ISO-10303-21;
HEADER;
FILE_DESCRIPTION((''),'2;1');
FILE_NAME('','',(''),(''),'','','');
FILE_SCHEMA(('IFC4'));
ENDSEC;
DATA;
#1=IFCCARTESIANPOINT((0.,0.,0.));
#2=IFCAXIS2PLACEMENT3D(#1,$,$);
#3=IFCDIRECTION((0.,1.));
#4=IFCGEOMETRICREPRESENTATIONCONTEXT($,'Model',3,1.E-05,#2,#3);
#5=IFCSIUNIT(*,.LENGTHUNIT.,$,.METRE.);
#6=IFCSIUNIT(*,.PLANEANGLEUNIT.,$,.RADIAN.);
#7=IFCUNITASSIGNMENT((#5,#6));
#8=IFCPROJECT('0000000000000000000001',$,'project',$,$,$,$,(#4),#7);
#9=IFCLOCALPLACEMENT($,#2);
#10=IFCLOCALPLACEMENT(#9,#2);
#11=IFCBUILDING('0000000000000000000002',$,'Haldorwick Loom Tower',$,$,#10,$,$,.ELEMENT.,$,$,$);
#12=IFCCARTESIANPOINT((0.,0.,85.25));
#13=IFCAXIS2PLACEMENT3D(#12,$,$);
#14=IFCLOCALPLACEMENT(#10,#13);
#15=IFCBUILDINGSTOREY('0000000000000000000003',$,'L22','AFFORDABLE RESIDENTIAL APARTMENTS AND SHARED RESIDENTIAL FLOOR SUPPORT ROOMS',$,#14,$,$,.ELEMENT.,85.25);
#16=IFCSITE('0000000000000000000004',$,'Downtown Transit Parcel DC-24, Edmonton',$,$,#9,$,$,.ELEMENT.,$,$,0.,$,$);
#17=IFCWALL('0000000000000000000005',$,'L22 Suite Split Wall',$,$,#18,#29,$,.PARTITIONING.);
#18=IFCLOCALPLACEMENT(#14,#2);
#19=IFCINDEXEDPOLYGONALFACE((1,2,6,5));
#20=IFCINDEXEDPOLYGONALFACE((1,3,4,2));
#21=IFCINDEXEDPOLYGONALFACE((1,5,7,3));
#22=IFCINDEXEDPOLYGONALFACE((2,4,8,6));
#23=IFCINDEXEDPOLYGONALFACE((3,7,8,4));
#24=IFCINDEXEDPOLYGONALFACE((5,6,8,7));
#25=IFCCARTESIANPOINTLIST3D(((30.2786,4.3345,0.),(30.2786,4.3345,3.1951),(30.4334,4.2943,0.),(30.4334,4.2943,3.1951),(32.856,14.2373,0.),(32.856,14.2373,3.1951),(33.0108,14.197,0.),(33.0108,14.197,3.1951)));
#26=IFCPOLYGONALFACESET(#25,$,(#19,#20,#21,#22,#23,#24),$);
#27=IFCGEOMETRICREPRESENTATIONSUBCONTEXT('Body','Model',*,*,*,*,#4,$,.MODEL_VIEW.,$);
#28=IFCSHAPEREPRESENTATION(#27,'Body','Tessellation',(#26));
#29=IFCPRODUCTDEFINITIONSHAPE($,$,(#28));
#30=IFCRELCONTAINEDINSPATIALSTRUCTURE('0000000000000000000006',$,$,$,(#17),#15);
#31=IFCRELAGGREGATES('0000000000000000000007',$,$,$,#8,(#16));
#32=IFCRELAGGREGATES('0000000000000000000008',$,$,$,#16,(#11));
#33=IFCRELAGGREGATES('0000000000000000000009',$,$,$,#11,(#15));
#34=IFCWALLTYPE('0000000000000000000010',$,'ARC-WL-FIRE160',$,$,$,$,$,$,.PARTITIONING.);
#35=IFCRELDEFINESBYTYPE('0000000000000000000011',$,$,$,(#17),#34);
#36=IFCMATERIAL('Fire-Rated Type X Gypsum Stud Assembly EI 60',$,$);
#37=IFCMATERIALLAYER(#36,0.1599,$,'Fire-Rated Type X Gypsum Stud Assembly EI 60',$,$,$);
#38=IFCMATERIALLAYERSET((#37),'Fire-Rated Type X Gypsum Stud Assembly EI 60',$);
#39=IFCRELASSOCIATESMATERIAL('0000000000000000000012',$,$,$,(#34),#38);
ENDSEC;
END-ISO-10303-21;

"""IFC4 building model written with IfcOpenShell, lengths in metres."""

from ifc_helpers import new_model, si_unit, direction, frame, frame_2d, origin, place, context, subcontext, project, spatial, rectangle, extrude, material, layer, layer_set, type_object, element, save


model = new_model("IFC4")

# Units and contexts
model_context = context("Model", 3, precision=1e-05, world=origin(), true_north=direction((0.0, 1.0)))
body_context = subcontext(model_context, "Body", "Model", "MODEL_VIEW")
ifc_project = project(units=[si_unit("LENGTHUNIT", "METRE"), si_unit("PLANEANGLEUNIT", "RADIAN")], contexts=[model_context])

# Site, building, storey
site_placement = place(None, origin())
site = spatial("IfcSite", under=ifc_project, at=site_placement, Name="Downtown Transit Parcel DC-24, Edmonton", CompositionType="ELEMENT", RefElevation=0.0)
building_placement = place(site_placement, origin())
building = spatial("IfcBuilding", under=site, at=building_placement, Name="Haldorwick Loom Tower", CompositionType="ELEMENT")
storey_placement = place(building_placement, frame((0.0, 0.0, 85.25)))
storey = spatial("IfcBuildingStorey", under=building, at=storey_placement, Name="L22", Description="AFFORDABLE RESIDENTIAL APARTMENTS AND SHARED RESIDENTIAL FLOOR SUPPORT ROOMS", CompositionType="ELEMENT", Elevation=85.25)

# Wall
ifc_material_1 = material(Name="Fire-Rated Type X Gypsum Stud Assembly EI 60")
ifc_layer_1 = layer(ifc_material_1, 0.1599, Name="Fire-Rated Type X Gypsum Stud Assembly EI 60")
ifc_layer_set_1 = layer_set([ifc_layer_1], Name="Fire-Rated Type X Gypsum Stud Assembly EI 60")
wall_type = type_object("IfcWallType", Name="ARC-WL-FIRE160", PredefinedType="PARTITIONING", material=ifc_layer_set_1)
wall_1_placement = place(storey_placement, frame((32.9333, 14.217, 0.0), z_axis=(0.0, 0.0, 1.0), x_axis=(-0.251877, -0.967759, 0.0)))
element("IfcWall", 1, at=wall_1_placement, inside=storey, type_object=wall_type, Name="L22 Suite Split Wall", PredefinedType="PARTITIONING", context=body_context, shape_type="SweptSolid", body=[
    extrude(rectangle(XDim=10.2327, YDim=0.1599, at=frame_2d((5.1162, 0.0))), origin(), (0.0, 0.0, 1.0), 3.1951),
])

save(model, "model.ifc")
